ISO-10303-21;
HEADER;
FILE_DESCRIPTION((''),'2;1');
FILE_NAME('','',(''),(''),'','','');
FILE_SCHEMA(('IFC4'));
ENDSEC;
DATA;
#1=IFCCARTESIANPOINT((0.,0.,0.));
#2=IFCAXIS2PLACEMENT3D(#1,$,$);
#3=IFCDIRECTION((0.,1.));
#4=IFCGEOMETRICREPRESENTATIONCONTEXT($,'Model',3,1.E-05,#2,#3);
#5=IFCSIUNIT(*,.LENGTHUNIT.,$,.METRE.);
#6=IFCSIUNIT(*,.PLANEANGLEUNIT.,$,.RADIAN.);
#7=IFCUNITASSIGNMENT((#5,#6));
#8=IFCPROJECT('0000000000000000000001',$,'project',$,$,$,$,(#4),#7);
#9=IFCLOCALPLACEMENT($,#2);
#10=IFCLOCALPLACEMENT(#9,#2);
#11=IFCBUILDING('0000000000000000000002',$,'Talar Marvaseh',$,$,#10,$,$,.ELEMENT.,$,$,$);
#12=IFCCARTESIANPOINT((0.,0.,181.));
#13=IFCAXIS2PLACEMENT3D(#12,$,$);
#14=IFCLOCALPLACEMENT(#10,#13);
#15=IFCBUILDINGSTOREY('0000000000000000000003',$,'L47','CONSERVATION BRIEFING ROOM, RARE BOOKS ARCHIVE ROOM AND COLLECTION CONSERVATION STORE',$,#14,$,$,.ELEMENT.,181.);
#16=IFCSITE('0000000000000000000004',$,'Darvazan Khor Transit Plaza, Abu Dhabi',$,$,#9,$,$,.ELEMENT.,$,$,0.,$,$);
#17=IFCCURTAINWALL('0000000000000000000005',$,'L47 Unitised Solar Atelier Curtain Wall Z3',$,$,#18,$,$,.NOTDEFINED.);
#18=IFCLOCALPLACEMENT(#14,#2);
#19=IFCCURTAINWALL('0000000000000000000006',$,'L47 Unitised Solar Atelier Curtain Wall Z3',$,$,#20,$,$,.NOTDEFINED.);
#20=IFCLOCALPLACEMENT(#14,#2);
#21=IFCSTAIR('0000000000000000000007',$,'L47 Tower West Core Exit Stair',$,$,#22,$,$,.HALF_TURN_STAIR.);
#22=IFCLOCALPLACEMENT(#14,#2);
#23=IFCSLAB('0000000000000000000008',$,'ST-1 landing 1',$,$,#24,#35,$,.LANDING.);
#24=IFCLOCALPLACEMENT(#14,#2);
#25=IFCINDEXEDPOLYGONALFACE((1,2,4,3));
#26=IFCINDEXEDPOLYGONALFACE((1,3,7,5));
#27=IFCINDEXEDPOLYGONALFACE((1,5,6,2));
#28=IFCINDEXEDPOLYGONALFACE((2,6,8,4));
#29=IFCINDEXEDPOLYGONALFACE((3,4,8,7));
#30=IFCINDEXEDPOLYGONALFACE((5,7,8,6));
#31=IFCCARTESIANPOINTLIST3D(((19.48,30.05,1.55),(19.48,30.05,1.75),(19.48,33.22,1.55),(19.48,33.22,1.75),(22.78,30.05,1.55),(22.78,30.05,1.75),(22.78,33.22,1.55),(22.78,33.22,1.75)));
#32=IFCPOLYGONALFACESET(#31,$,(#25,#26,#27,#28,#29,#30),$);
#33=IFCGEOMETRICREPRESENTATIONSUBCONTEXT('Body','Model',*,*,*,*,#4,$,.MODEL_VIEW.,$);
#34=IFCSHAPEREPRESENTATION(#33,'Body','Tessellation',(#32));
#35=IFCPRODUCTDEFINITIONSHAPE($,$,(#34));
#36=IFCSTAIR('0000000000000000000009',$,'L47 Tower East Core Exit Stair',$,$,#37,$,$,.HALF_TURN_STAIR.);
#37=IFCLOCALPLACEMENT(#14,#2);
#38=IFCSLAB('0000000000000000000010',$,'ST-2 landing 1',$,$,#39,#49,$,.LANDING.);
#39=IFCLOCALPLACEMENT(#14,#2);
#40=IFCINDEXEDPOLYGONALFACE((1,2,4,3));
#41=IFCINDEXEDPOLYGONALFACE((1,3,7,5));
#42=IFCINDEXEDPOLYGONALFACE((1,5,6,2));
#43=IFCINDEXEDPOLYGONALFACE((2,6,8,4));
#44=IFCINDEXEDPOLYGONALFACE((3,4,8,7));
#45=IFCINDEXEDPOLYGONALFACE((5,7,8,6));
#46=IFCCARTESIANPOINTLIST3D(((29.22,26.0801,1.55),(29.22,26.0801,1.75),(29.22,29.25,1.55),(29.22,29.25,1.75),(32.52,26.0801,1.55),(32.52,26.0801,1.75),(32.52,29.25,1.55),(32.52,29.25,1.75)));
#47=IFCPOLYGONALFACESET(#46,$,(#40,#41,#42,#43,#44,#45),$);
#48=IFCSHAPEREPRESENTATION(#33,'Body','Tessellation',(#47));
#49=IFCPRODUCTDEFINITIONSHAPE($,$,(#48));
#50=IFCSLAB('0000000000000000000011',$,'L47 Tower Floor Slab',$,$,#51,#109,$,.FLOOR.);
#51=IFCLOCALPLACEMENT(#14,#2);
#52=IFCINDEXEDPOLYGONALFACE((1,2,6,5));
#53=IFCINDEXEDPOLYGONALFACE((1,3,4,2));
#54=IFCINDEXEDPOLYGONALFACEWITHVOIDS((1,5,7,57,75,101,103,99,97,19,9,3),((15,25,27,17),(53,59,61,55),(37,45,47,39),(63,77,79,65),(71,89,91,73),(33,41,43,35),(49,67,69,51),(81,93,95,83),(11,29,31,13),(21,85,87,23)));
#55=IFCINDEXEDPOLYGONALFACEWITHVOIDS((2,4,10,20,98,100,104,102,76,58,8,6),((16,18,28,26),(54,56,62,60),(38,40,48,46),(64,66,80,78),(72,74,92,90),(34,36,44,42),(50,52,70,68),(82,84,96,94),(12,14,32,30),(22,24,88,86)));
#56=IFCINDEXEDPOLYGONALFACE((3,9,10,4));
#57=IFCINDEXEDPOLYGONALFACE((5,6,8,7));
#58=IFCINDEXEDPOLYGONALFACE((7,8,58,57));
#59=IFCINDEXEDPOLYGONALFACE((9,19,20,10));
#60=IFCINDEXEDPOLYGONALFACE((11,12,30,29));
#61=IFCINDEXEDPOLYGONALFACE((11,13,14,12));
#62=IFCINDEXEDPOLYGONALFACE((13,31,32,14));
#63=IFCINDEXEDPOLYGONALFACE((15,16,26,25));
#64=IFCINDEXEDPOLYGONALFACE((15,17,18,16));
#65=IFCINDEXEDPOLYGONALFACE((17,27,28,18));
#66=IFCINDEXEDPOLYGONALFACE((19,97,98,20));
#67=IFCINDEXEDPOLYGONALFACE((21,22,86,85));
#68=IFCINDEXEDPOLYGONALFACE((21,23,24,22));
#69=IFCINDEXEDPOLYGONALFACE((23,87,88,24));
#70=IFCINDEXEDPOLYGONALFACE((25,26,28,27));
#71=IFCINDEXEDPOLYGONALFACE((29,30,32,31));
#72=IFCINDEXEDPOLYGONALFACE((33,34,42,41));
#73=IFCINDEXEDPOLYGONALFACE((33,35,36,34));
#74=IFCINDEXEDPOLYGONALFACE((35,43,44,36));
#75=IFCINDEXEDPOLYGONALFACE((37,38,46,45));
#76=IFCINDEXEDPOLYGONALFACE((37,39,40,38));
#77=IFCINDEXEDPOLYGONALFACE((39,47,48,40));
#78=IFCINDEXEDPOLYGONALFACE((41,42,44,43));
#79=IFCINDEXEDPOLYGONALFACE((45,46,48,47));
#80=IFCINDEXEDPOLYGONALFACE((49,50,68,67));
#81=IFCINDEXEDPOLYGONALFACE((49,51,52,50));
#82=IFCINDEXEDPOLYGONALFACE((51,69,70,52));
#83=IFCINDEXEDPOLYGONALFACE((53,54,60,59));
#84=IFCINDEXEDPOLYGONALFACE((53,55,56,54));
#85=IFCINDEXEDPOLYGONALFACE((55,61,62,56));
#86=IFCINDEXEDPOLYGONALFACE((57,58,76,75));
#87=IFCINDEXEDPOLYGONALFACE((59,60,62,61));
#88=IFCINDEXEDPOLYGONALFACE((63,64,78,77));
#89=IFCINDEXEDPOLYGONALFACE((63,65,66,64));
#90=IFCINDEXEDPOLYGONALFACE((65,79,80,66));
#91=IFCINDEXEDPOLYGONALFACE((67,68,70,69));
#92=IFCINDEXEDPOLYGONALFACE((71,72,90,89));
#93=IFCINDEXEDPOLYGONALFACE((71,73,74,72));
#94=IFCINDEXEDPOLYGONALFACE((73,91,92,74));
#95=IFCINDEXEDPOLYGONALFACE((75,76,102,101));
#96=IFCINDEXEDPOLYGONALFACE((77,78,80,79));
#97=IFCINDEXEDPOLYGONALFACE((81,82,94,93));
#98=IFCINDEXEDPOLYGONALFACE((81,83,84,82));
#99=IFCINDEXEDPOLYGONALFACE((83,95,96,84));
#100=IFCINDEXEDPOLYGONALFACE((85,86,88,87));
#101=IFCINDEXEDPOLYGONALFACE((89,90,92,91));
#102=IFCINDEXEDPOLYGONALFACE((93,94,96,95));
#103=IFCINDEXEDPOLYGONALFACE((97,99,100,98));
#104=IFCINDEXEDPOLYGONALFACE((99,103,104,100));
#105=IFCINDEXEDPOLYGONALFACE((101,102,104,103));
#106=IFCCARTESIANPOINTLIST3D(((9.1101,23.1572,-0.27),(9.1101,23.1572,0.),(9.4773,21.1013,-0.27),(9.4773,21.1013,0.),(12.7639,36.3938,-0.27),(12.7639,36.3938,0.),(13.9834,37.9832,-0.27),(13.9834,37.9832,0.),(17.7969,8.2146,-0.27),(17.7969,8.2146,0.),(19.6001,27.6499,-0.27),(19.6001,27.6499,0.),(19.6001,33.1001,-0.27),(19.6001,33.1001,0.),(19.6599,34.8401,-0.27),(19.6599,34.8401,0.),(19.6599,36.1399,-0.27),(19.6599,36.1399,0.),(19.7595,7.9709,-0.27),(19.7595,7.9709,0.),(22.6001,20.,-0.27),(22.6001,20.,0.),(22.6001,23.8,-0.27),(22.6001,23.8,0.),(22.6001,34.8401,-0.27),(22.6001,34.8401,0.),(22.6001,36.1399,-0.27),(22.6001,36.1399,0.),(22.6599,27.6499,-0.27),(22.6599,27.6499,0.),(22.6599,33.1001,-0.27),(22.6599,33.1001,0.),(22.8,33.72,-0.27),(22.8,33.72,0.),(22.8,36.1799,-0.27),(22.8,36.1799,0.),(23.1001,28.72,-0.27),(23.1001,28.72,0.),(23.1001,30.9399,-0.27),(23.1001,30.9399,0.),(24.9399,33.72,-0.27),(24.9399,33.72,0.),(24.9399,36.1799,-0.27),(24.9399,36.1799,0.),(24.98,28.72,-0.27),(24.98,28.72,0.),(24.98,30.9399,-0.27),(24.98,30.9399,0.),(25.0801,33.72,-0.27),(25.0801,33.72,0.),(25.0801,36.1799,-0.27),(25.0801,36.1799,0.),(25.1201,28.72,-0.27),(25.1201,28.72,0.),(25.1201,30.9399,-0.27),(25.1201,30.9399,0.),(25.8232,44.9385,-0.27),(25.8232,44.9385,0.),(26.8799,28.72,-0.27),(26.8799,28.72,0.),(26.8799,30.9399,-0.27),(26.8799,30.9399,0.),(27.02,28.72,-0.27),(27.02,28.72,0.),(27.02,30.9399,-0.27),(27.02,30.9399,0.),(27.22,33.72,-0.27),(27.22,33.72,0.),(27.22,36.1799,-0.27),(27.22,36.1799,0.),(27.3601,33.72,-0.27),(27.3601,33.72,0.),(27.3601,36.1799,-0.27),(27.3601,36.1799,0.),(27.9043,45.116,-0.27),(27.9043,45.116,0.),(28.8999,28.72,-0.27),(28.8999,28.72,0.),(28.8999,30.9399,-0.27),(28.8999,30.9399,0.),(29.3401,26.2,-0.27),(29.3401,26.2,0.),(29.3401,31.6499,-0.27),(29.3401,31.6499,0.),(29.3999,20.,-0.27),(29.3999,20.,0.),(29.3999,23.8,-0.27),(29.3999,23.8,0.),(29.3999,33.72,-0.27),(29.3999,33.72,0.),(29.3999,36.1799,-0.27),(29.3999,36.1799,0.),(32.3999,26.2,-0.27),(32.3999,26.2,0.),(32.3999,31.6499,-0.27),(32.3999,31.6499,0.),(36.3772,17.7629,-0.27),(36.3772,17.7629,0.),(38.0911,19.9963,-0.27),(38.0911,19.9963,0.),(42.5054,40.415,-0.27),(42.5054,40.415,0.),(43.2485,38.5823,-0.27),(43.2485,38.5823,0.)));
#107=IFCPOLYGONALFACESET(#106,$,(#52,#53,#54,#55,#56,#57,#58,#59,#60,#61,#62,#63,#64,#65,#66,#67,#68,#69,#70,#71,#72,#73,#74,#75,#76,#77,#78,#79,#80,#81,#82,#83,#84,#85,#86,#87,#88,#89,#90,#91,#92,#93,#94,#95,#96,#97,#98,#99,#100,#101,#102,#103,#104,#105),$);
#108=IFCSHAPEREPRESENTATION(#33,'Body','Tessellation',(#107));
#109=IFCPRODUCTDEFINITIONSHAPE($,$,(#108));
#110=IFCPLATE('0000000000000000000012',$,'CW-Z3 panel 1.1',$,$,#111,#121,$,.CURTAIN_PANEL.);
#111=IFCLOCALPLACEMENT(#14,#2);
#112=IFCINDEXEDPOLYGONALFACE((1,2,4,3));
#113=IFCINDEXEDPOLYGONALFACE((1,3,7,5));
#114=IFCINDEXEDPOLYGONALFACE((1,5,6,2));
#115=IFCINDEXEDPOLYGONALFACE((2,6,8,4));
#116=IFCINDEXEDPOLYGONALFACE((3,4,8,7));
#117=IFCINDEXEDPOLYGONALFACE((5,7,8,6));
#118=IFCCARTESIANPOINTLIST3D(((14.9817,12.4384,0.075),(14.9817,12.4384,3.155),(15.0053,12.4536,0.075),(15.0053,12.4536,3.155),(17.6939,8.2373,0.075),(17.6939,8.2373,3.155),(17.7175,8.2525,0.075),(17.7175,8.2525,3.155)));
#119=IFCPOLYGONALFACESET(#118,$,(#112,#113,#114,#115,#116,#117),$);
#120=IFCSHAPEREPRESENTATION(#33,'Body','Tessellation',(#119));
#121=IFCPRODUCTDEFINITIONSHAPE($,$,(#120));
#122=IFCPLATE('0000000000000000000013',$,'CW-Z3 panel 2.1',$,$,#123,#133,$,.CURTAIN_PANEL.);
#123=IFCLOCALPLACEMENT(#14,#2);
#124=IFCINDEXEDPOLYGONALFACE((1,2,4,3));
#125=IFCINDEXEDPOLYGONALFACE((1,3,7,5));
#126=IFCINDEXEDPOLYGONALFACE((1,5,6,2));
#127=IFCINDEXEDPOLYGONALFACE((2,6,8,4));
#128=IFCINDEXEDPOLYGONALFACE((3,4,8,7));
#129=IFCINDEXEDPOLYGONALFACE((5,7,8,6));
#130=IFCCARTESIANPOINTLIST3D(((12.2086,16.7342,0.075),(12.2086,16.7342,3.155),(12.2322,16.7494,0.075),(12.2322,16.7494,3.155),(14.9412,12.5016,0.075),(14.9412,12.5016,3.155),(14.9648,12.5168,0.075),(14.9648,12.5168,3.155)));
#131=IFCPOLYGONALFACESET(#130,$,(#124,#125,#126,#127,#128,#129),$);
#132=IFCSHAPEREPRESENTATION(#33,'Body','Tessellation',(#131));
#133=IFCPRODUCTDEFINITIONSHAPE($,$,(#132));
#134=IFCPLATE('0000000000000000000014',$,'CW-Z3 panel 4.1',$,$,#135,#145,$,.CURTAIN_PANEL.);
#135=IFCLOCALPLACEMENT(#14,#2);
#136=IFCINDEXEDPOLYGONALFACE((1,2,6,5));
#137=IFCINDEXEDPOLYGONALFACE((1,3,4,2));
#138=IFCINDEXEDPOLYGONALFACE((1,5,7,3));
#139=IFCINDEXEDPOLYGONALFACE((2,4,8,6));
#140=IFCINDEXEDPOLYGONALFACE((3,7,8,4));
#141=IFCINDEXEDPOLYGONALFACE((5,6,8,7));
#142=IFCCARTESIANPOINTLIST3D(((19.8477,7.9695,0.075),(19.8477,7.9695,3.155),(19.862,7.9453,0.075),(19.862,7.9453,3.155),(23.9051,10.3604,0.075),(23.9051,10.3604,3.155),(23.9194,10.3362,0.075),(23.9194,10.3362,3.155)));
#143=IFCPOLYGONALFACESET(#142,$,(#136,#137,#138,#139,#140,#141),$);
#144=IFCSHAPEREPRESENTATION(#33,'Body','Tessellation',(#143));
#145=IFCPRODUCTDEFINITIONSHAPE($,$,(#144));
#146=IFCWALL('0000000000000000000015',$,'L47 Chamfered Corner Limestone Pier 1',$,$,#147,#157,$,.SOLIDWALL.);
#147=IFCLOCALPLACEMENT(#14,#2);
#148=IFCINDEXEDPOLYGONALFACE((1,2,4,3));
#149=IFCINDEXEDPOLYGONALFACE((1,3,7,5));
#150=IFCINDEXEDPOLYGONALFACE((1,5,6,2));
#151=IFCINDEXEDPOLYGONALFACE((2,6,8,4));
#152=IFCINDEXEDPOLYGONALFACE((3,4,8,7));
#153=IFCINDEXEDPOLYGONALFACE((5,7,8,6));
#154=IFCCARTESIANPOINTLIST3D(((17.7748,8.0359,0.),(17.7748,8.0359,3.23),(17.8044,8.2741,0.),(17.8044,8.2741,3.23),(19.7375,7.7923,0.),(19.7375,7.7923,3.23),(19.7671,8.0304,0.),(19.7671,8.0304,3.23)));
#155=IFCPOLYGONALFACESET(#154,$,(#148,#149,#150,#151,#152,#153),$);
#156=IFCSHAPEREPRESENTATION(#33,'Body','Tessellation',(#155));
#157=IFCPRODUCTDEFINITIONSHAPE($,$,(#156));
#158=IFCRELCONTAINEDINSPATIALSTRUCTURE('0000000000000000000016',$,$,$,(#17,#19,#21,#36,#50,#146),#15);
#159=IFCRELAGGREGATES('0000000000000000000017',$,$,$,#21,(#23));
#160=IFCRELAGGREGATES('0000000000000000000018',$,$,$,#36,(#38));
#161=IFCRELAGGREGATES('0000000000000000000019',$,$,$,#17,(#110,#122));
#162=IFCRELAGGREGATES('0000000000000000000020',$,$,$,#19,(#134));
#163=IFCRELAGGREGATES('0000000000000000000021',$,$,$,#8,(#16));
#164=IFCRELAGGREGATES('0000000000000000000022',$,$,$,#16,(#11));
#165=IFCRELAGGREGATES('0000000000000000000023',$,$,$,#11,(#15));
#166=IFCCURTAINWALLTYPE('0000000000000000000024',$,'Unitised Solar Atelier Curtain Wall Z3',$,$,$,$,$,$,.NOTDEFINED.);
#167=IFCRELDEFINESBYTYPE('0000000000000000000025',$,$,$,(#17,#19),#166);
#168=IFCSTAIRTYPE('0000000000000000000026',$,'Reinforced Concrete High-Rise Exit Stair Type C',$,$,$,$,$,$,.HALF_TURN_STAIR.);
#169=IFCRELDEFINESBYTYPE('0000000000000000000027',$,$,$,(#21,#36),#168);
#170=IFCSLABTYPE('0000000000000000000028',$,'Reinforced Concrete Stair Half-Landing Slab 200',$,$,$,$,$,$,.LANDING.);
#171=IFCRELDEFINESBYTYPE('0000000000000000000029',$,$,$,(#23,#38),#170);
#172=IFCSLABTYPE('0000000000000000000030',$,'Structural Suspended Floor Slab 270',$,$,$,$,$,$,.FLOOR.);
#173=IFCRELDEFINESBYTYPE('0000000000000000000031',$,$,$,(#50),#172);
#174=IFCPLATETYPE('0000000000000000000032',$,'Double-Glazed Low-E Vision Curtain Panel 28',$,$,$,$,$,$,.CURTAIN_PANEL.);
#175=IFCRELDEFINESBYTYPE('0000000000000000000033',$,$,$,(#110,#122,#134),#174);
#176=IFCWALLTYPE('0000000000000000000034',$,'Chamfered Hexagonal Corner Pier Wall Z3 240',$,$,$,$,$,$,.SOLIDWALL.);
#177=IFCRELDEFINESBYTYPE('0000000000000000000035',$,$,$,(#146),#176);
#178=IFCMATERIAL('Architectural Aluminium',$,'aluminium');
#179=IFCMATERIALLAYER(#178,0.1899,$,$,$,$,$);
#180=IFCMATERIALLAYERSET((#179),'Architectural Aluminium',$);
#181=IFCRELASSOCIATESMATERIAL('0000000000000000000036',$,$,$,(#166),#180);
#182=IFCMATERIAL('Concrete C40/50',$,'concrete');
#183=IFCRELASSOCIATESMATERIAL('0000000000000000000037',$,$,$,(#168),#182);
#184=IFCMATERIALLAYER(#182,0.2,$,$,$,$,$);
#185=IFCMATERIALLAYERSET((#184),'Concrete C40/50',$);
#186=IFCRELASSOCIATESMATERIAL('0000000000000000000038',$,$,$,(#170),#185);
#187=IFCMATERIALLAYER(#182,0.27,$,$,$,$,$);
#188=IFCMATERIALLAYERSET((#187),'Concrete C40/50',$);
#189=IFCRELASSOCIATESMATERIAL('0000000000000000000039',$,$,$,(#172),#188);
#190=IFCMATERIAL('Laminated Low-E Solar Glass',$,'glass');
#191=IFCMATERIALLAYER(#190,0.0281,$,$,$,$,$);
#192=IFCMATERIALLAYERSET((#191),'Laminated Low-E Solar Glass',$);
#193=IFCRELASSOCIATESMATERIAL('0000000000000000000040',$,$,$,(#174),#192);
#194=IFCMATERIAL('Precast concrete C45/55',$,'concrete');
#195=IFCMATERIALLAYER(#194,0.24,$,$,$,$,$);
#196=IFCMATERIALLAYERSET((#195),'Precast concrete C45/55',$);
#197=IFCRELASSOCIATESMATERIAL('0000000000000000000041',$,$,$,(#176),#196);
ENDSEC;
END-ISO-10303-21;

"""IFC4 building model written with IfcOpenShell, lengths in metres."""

from ifc_helpers import new_model, si_unit, direction, frame, frame_2d, origin, origin_2d, place, context, subcontext, project, spatial, polyline, rectangle, outline, extrude, source, transform, mapped, material, layer, layer_set, type_object, type_shapes, element, aggregate, save


model = new_model("IFC4")

# Units and contexts
model_context = context("Model", 3, precision=1e-05, world=origin(), true_north=direction((0.0, 1.0)))
body_context = subcontext(model_context, "Body", "Model", "MODEL_VIEW")
ifc_project = project(units=[si_unit("LENGTHUNIT", "METRE"), si_unit("PLANEANGLEUNIT", "RADIAN")], contexts=[model_context])

# Site, building, storey
site_placement = place(None, origin())
site = spatial("IfcSite", under=ifc_project, at=site_placement, Name="Darvazan Khor Transit Plaza, Abu Dhabi", CompositionType="ELEMENT", RefElevation=0.0)
building_placement = place(site_placement, origin())
building = spatial("IfcBuilding", under=site, at=building_placement, Name="Talar Marvaseh", CompositionType="ELEMENT")
storey_placement = place(building_placement, frame((0.0, 0.0, 181.0)))
storey = spatial("IfcBuildingStorey", under=building, at=storey_placement, Name="L47", Description="CONSERVATION BRIEFING ROOM, RARE BOOKS ARCHIVE ROOM AND COLLECTION CONSERVATION STORE", CompositionType="ELEMENT", Elevation=181.0)

# Curtain wall
ifc_material_1 = material(Name="Architectural Aluminium", Category="aluminium")
ifc_layer_1 = layer(ifc_material_1, 0.1899)
ifc_layer_set_1 = layer_set([ifc_layer_1], Name="Architectural Aluminium")
curtain_wall_type = type_object("IfcCurtainWallType", Name="Unitised Solar Atelier Curtain Wall Z3", PredefinedType="NOTDEFINED", material=ifc_layer_set_1)
curtain_wall_1_placement = place(storey_placement, origin())
curtain_wall_1 = element("IfcCurtainWall", 1, at=curtain_wall_1_placement, inside=storey, type_object=curtain_wall_type, Name="L47 Unitised Solar Atelier Curtain Wall Z3", PredefinedType="NOTDEFINED")

# Curtain wall
curtain_wall_2_placement = place(storey_placement, origin())
curtain_wall_2 = element("IfcCurtainWall", 2, at=curtain_wall_2_placement, inside=storey, type_object=curtain_wall_type, Name="L47 Unitised Solar Atelier Curtain Wall Z3", PredefinedType="NOTDEFINED")

# Stairs, slabs
ifc_material_2 = material(Name="Concrete C40/50", Category="concrete")
stair_type = type_object("IfcStairType", Name="Reinforced Concrete High-Rise Exit Stair Type C", PredefinedType="HALF_TURN_STAIR", material=ifc_material_2)
stair_1_placement = place(storey_placement, origin())
stair_1 = element("IfcStair", 3, at=stair_1_placement, inside=storey, type_object=stair_type, Name="L47 Tower West Core Exit Stair", PredefinedType="HALF_TURN_STAIR")
ifc_layer_2 = layer(ifc_material_2, 0.2)
ifc_layer_set_2 = layer_set([ifc_layer_2], Name="Concrete C40/50")
slab_type_1 = type_object("IfcSlabType", Name="Reinforced Concrete Stair Half-Landing Slab 200", PredefinedType="LANDING", material=ifc_layer_set_2)
slab_1_placement = place(storey_placement, frame((0.0, 0.0, 1.55)))
slab_1 = element("IfcSlab", 4, at=slab_1_placement, type_object=slab_type_1, Name="ST-1 landing 1", PredefinedType="LANDING", context=body_context, shape_type="SweptSolid", body=[
    extrude(outline(polyline([(22.78, 30.05), (22.78, 33.22), (19.48, 33.22), (19.48, 30.05), (22.78, 30.05)])), origin(), (0.0, 0.0, 1.0), 0.2),
])
aggregate(stair_1, [slab_1])
stair_2_placement = place(storey_placement, origin())
stair_2 = element("IfcStair", 5, at=stair_2_placement, inside=storey, type_object=stair_type, Name="L47 Tower East Core Exit Stair", PredefinedType="HALF_TURN_STAIR")
slab_2_placement = place(storey_placement, frame((0.0, 0.0, 1.55)))
slab_2 = element("IfcSlab", 6, at=slab_2_placement, type_object=slab_type_1, Name="ST-2 landing 1", PredefinedType="LANDING", context=body_context, shape_type="SweptSolid", body=[
    extrude(outline(polyline([(29.22, 29.25), (29.22, 26.0801), (32.52, 26.0801), (32.52, 29.25), (29.22, 29.25)])), origin(), (0.0, 0.0, 1.0), 0.2),
])
aggregate(stair_2, [slab_2])

# Slab
ifc_layer_3 = layer(ifc_material_2, 0.27)
ifc_layer_set_3 = layer_set([ifc_layer_3], Name="Concrete C40/50")
slab_type_2 = type_object("IfcSlabType", Name="Structural Suspended Floor Slab 270", PredefinedType="FLOOR", material=ifc_layer_set_3)
slab_3_placement = place(storey_placement, frame((0.0, 0.0, -0.27)))
element("IfcSlab", 7, at=slab_3_placement, inside=storey, type_object=slab_type_2, Name="L47 Tower Floor Slab", PredefinedType="FLOOR", context=body_context, shape_type="SweptSolid", body=[
    extrude(outline(polyline([(19.7595, 7.9709), (17.7969, 8.2146), (9.4773, 21.1013), (9.1101, 23.1572), (12.7639, 36.3938), (13.9834, 37.9832), (25.8232, 44.9385), (27.9043, 45.116), (42.5054, 40.415), (43.2485, 38.5823), (38.0911, 19.9963), (36.3772, 17.7629), (19.7595, 7.9709)]), holes=[polyline([(22.6599, 27.6499), (22.6599, 33.1001), (19.6001, 33.1001), (19.6001, 27.6499), (22.6599, 27.6499)]), polyline([(29.3401, 31.6499), (29.3401, 26.2), (32.3999, 26.2), (32.3999, 31.6499), (29.3401, 31.6499)]), polyline([(22.8, 33.72), (24.9399, 33.72), (24.9399, 36.1799), (22.8, 36.1799), (22.8, 33.72)]), polyline([(25.0801, 33.72), (27.22, 33.72), (27.22, 36.1799), (25.0801, 36.1799), (25.0801, 33.72)]), polyline([(27.3601, 33.72), (29.3999, 33.72), (29.3999, 36.1799), (27.3601, 36.1799), (27.3601, 33.72)]), polyline([(23.1001, 28.72), (24.98, 28.72), (24.98, 30.9399), (23.1001, 30.9399), (23.1001, 28.72)]), polyline([(25.1201, 28.72), (26.8799, 28.72), (26.8799, 30.9399), (25.1201, 30.9399), (25.1201, 28.72)]), polyline([(27.02, 28.72), (28.8999, 28.72), (28.8999, 30.9399), (27.02, 30.9399), (27.02, 28.72)]), polyline([(19.6599, 34.8401), (22.6001, 34.8401), (22.6001, 36.1399), (19.6599, 36.1399), (19.6599, 34.8401)]), polyline([(22.6001, 20.0), (29.3999, 20.0), (29.3999, 23.8), (22.6001, 23.8), (22.6001, 20.0)])]), origin(), (0.0, 0.0, 1.0), 0.27),
])

# Plates
ifc_material_3 = material(Name="Laminated Low-E Solar Glass", Category="glass")
ifc_layer_4 = layer(ifc_material_3, 0.0281)
ifc_layer_set_4 = layer_set([ifc_layer_4], Name="Laminated Low-E Solar Glass")
plate_type = type_object("IfcPlateType", Name="Double-Glazed Low-E Vision Curtain Panel 28", PredefinedType="CURTAIN_PANEL", material=ifc_layer_set_4)
shared_shape_1 = source(origin(), body_context, "Body", "SweptSolid", [
    extrude(rectangle(XDim=5.0005, YDim=0.0281, at=origin_2d()), origin(), (0.0, 0.0, 1.0), 3.0801),
])
plate_1_placement = place(storey_placement, frame((16.3496, 10.3455, 0.075), z_axis=(0.0, 0.0, 1.0), x_axis=(-0.542386, 0.840129, 0.0)))
plate_1 = element("IfcPlate", 8, at=plate_1_placement, type_object=plate_type, Name="CW-Z3 panel 1.1", PredefinedType="CURTAIN_PANEL", context=body_context, shape_type="MappedRepresentation", body=[
    mapped(shared_shape_1, transform((0.0, 0.0, 0.0), x_axis=(1.0, 0.0, 0.0), y_axis=(0.0, 1.0, 0.0), z_axis=(0.0, 0.0, 1.0), scale=1.0)),
])
shared_shape_2 = source(origin(), body_context, "Body", "SweptSolid", [
    extrude(rectangle(XDim=5.0381, YDim=0.0281, at=origin_2d()), origin(), (0.0, 0.0, 1.0), 3.0801),
])
plate_2_placement = place(storey_placement, frame((13.5867, 14.6255, 0.075), z_axis=(0.0, 0.0, 1.0), x_axis=(-0.542386, 0.840129, 0.0)))
plate_2 = element("IfcPlate", 9, at=plate_2_placement, type_object=plate_type, Name="CW-Z3 panel 2.1", PredefinedType="CURTAIN_PANEL", context=body_context, shape_type="MappedRepresentation", body=[
    mapped(shared_shape_2, transform((0.0, 0.0, 0.0), x_axis=(1.0, 0.0, 0.0), y_axis=(0.0, 1.0, 0.0), z_axis=(0.0, 0.0, 1.0), scale=1.0)),
])
aggregate(curtain_wall_1, [plate_1, plate_2])
shared_shape_3 = source(origin(), body_context, "Body", "SweptSolid", [
    extrude(rectangle(XDim=4.7095, YDim=0.0281, at=origin_2d()), origin(), (0.0, 0.0, 1.0), 3.0801),
])
type_shapes(plate_type, [shared_shape_1, shared_shape_2, shared_shape_3])
plate_3_placement = place(storey_placement, frame((21.8835, 9.1528, 0.075), z_axis=(0.0, 0.0, 1.0), x_axis=(-0.861549, -0.507674, 0.0)))
plate_3 = element("IfcPlate", 10, at=plate_3_placement, type_object=plate_type, Name="CW-Z3 panel 4.1", PredefinedType="CURTAIN_PANEL", context=body_context, shape_type="MappedRepresentation", body=[
    mapped(shared_shape_3, transform((0.0, 0.0, 0.0), x_axis=(1.0, 0.0, 0.0), y_axis=(0.0, 1.0, 0.0), z_axis=(0.0, 0.0, 1.0), scale=1.0)),
])
aggregate(curtain_wall_2, [plate_3])

# Wall
ifc_material_4 = material(Name="Precast concrete C45/55", Category="concrete")
ifc_layer_5 = layer(ifc_material_4, 0.24)
ifc_layer_set_5 = layer_set([ifc_layer_5], Name="Precast concrete C45/55")
wall_type = type_object("IfcWallType", Name="Chamfered Hexagonal Corner Pier Wall Z3 240", PredefinedType="SOLIDWALL", material=ifc_layer_set_5)
wall_placement = place(storey_placement, frame((19.7522, 7.9114, 0.0), z_axis=(0.0, 0.0, 1.0), x_axis=(-0.992382, 0.123199, 0.0)))
element("IfcWall", 11, at=wall_placement, inside=storey, type_object=wall_type, Name="L47 Chamfered Corner Limestone Pier 1", PredefinedType="SOLIDWALL", context=body_context, shape_type="SweptSolid", body=[
    extrude(rectangle(XDim=1.9778, YDim=0.24, at=frame_2d((0.9888, 0.0))), origin(), (0.0, 0.0, 1.0), 3.23),
])

save(model, "model.ifc")
